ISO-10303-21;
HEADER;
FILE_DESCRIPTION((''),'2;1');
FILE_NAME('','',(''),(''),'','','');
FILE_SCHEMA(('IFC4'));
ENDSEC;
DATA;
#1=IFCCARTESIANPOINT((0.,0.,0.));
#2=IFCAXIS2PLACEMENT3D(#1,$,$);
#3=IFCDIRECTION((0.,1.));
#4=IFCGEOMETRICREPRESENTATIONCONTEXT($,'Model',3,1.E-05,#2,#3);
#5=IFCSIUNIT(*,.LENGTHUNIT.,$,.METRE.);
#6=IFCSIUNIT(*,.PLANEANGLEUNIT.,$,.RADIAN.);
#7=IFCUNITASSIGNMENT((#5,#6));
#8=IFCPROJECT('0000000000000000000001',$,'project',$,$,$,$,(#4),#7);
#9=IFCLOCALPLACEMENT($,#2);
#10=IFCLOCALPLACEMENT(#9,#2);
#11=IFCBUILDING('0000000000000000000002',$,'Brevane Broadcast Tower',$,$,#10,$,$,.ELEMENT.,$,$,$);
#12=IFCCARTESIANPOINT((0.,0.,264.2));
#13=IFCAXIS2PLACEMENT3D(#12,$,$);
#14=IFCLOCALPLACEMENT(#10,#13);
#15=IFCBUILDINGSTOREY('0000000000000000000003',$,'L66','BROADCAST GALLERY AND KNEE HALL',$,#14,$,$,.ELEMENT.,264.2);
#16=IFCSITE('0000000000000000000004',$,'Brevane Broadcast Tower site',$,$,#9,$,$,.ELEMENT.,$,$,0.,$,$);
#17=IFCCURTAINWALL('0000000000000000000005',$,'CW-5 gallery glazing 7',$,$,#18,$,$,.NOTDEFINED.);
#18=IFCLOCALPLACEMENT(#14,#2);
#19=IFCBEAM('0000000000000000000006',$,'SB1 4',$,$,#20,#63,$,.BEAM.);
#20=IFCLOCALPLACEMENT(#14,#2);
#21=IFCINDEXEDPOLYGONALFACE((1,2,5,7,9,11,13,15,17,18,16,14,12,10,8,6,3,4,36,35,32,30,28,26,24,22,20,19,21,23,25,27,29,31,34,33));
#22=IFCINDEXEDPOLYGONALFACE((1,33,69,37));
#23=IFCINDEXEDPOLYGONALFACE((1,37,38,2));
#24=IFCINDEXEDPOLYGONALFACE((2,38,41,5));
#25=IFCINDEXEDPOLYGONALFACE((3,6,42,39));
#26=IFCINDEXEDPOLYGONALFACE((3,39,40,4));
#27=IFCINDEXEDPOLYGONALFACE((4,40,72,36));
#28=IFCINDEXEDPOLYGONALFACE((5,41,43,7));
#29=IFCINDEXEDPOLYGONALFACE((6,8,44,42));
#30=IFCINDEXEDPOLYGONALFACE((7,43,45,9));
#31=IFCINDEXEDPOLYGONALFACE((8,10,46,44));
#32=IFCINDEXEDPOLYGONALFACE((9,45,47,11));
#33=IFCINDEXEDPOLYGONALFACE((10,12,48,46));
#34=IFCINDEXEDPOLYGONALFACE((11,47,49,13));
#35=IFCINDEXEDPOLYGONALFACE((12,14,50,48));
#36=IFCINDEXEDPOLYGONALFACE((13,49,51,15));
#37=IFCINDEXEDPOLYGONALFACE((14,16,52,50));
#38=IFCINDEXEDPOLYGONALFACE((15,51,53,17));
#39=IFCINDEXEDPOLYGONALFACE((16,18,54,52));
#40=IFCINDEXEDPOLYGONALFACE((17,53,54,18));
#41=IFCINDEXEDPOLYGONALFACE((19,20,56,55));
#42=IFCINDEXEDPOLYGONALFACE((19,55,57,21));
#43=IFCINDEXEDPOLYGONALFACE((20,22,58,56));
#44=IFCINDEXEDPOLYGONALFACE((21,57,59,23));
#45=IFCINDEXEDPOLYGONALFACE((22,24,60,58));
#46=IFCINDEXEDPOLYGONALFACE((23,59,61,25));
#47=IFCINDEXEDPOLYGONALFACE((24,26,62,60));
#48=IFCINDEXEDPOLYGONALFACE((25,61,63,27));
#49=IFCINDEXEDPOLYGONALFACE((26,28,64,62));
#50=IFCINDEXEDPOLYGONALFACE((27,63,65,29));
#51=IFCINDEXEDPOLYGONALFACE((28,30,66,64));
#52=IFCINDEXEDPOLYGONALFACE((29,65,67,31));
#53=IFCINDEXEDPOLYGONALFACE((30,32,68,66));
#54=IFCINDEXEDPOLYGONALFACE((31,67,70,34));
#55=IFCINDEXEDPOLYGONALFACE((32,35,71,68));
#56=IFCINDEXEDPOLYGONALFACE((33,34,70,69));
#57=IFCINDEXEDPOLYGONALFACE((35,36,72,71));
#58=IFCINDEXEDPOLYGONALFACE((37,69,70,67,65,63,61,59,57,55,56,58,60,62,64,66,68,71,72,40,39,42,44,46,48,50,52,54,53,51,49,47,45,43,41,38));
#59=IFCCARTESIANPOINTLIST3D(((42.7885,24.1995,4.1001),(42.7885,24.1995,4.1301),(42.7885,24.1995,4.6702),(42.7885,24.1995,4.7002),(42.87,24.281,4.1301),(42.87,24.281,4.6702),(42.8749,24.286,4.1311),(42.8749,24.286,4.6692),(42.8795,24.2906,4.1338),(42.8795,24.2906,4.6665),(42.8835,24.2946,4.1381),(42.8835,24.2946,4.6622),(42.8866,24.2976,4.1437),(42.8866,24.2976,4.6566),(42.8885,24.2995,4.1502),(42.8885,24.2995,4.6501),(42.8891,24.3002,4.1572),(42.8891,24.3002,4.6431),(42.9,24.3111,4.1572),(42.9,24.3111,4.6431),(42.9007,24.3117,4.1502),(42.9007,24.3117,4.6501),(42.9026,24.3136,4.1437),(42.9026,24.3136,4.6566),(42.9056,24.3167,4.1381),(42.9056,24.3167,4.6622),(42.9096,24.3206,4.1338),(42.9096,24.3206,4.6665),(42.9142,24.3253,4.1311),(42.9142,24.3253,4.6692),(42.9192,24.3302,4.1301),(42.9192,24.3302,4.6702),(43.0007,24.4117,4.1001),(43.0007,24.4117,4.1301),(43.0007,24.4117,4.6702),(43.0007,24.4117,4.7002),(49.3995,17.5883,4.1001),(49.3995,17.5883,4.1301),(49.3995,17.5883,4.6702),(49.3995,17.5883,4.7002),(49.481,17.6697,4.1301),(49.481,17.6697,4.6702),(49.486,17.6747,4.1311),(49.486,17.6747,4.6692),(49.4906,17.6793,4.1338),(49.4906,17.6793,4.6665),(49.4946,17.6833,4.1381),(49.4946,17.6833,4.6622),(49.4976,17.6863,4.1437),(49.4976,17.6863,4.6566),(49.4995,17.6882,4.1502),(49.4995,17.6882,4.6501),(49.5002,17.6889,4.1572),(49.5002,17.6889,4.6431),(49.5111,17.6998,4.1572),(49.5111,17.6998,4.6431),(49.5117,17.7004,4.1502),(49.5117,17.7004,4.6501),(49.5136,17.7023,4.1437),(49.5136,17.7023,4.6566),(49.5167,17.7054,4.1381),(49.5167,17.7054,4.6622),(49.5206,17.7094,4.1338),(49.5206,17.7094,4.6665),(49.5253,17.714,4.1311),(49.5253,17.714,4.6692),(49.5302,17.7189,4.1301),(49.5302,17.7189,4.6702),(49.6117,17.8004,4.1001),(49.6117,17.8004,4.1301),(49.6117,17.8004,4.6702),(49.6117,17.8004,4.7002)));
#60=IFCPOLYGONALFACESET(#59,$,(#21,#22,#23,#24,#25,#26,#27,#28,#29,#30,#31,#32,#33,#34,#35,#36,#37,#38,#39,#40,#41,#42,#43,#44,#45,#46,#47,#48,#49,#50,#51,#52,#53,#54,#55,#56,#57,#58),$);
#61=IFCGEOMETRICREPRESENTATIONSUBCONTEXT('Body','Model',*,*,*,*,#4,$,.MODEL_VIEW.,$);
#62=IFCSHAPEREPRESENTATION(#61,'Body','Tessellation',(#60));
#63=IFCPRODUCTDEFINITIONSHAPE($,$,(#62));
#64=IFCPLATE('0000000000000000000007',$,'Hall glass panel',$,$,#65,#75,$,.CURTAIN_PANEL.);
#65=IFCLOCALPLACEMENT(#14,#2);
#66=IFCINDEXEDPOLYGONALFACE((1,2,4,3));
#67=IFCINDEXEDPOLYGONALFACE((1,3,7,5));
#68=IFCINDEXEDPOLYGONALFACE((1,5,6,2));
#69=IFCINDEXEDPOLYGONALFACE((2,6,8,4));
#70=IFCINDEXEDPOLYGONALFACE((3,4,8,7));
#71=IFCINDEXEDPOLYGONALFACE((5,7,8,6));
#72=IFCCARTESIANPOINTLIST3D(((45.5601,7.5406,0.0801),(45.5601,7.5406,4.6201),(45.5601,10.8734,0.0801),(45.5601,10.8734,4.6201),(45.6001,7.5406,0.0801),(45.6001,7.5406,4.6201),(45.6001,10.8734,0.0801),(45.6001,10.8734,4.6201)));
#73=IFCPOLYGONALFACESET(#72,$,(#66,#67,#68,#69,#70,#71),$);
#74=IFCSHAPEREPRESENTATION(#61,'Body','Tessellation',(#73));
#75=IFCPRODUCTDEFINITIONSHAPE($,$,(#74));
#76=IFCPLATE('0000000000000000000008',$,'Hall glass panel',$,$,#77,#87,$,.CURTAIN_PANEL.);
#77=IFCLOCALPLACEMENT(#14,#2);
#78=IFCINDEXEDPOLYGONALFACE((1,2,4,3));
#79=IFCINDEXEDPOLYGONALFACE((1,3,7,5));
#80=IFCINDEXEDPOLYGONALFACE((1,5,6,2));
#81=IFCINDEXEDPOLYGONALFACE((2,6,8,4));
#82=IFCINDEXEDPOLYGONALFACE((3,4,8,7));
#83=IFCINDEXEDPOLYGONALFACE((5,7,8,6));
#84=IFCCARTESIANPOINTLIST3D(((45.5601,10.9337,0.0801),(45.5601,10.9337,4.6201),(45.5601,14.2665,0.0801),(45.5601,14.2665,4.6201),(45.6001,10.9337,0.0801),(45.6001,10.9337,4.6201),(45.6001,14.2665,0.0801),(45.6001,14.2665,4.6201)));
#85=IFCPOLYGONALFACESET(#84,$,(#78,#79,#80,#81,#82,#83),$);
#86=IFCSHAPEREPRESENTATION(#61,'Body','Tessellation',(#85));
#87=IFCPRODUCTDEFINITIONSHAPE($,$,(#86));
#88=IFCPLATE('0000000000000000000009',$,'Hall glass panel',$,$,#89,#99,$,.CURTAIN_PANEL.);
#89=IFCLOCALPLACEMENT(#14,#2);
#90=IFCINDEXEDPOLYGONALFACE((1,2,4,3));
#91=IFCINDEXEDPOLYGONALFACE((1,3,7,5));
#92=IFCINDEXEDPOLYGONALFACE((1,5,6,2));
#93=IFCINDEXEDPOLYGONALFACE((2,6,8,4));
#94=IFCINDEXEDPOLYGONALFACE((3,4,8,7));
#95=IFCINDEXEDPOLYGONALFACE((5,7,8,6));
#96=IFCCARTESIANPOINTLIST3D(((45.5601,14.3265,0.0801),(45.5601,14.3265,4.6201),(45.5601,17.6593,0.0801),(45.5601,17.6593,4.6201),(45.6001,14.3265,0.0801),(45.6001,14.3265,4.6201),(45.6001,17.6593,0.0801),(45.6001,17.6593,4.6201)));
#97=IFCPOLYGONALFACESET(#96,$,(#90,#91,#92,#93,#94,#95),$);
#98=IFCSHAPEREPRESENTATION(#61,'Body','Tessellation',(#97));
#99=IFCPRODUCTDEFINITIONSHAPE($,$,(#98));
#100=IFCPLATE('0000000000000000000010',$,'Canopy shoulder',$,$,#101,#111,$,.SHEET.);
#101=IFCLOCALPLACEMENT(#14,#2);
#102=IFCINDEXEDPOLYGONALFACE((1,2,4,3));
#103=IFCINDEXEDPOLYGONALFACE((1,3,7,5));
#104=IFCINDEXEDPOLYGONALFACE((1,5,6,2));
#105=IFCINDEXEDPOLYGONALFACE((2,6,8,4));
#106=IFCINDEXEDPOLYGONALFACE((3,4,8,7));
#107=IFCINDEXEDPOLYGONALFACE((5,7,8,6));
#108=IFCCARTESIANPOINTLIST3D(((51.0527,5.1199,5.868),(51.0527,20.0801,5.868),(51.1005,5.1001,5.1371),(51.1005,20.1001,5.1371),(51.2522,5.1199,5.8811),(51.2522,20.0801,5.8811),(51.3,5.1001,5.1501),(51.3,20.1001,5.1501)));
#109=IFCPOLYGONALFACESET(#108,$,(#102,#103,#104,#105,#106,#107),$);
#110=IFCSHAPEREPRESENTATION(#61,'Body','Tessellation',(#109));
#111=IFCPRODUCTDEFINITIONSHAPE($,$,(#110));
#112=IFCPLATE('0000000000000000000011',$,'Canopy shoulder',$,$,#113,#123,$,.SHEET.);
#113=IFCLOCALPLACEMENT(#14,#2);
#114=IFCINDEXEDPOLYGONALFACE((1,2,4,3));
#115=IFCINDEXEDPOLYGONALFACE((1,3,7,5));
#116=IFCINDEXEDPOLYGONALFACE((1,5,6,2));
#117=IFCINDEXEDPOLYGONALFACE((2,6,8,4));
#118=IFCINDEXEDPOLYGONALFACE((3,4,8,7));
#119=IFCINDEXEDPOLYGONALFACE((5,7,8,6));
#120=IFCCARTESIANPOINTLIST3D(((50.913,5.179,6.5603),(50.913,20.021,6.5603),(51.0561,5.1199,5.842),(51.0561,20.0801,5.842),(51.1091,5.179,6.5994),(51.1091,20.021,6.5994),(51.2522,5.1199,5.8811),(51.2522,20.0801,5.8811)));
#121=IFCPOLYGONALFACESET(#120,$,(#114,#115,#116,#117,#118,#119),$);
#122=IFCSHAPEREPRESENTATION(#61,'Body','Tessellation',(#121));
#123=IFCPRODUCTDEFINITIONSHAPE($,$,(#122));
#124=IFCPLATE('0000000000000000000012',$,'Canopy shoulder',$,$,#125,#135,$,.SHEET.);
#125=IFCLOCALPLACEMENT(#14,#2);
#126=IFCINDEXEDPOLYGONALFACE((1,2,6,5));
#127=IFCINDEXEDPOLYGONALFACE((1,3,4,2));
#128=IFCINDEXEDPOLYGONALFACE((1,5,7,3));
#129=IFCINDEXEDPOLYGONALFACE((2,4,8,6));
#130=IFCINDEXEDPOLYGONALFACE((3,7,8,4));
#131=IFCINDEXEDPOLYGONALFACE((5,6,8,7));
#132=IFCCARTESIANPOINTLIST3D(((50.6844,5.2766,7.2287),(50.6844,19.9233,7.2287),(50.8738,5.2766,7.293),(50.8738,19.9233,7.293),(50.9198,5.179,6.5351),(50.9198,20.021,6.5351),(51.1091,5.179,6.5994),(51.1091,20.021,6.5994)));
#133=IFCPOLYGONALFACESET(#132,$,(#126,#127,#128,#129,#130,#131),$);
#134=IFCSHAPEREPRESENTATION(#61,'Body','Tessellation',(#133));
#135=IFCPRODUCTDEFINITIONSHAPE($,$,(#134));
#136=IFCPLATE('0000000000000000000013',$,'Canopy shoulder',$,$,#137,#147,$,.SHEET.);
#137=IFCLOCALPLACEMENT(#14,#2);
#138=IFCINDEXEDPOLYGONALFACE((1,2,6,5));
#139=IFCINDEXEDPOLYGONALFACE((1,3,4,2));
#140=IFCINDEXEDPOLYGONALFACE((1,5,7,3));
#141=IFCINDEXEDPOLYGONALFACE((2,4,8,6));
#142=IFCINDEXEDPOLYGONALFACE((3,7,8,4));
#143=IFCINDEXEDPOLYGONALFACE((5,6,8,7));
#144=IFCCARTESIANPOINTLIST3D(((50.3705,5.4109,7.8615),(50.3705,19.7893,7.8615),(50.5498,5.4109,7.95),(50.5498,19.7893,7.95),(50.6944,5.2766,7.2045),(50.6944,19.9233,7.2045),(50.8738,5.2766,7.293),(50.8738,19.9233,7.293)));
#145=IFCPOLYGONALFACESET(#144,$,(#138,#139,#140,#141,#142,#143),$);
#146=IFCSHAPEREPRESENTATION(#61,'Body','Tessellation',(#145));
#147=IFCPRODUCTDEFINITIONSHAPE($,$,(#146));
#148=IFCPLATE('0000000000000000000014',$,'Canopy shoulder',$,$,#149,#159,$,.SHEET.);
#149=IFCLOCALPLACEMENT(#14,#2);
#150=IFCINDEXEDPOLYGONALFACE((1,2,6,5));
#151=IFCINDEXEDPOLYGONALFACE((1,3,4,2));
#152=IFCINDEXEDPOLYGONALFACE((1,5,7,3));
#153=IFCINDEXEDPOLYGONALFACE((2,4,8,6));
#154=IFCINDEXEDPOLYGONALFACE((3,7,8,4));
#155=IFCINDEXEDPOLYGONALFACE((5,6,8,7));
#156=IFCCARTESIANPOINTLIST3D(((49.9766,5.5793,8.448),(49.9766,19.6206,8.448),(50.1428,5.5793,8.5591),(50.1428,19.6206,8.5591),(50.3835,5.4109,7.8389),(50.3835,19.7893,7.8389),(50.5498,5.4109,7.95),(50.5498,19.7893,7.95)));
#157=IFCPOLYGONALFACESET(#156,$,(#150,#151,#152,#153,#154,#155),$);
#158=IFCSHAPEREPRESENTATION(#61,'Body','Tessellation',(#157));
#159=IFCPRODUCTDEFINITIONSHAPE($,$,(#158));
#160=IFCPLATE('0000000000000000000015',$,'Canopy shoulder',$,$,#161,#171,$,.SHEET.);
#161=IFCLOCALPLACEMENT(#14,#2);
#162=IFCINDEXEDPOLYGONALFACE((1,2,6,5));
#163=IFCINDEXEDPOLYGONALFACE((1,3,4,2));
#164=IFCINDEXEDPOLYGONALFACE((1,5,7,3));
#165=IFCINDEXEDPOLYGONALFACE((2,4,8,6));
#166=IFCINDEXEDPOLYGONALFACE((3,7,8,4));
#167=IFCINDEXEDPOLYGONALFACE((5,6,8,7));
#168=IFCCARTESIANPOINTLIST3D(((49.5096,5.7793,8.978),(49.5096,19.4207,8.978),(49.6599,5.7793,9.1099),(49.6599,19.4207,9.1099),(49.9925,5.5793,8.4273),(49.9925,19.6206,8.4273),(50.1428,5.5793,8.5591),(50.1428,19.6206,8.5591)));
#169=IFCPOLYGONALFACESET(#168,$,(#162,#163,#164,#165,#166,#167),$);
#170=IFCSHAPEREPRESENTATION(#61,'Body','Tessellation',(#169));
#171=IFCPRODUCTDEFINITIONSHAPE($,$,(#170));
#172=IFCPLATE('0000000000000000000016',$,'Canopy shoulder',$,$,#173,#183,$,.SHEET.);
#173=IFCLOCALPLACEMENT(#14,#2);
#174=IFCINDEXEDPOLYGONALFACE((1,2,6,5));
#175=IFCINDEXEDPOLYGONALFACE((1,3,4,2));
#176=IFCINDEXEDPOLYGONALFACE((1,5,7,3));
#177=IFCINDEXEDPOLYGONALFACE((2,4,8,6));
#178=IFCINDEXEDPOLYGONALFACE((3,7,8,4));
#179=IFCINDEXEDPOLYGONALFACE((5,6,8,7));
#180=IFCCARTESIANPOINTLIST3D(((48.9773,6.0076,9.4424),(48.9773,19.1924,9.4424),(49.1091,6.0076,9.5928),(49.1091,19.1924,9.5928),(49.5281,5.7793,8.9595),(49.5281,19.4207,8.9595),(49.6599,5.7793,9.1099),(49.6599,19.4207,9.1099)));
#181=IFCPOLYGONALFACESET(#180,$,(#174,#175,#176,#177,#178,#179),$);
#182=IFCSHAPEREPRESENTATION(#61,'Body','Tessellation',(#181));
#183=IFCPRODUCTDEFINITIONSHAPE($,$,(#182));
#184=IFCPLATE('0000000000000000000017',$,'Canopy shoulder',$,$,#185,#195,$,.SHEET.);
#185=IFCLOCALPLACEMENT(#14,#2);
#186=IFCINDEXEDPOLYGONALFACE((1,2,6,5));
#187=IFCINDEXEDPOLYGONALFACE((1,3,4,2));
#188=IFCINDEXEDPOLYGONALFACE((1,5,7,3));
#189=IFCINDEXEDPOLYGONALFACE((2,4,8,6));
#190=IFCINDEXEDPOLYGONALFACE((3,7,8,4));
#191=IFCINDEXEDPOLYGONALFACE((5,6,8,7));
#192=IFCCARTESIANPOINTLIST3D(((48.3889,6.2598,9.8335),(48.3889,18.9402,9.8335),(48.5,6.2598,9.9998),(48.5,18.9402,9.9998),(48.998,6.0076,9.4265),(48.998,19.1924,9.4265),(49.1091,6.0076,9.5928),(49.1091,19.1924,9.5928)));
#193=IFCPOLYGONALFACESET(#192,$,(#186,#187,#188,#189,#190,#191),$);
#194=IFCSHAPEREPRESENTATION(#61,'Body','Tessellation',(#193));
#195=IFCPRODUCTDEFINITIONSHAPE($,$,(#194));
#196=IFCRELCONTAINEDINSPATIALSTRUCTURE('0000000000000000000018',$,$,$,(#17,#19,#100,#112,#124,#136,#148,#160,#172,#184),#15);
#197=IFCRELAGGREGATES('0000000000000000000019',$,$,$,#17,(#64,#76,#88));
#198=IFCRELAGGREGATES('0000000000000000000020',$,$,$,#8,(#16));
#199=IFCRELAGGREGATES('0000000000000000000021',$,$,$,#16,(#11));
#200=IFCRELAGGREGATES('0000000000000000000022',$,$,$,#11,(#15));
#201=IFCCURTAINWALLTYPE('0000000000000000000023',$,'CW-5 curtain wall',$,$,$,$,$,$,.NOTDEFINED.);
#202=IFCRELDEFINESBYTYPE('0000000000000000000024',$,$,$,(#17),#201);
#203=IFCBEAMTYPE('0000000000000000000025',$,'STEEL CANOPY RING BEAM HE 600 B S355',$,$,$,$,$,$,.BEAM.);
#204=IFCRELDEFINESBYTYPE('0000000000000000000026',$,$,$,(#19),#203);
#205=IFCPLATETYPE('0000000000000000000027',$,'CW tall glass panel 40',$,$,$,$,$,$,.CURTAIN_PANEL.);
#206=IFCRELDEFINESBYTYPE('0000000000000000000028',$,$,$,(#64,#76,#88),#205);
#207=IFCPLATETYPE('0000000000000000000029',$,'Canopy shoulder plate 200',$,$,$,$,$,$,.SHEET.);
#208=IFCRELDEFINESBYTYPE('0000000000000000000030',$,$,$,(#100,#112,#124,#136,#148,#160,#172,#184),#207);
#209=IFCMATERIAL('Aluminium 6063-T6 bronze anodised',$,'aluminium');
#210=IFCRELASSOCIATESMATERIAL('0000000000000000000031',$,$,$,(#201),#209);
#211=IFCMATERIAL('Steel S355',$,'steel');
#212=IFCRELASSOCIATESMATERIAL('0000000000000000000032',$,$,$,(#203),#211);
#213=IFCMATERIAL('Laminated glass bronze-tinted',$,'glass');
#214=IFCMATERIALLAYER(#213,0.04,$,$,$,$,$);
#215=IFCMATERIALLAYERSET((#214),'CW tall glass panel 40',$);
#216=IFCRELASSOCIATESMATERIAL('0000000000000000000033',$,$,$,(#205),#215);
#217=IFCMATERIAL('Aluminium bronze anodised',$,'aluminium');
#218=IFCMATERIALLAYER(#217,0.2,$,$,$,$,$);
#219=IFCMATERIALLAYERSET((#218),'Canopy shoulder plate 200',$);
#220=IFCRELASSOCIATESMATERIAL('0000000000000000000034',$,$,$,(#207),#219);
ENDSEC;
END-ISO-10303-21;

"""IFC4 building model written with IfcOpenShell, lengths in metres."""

from ifc_helpers import new_model, si_unit, direction, frame, origin, origin_2d, place, context, subcontext, project, spatial, polyline, rectangle, i_section, outline, extrude, material, layer, layer_set, material_profile, profile_set, type_object, element, aggregate, save


model = new_model("IFC4")

# Units and contexts
model_context = context("Model", 3, precision=1e-05, world=origin(), true_north=direction((0.0, 1.0)))
body_context = subcontext(model_context, "Body", "Model", "MODEL_VIEW")
ifc_project = project(units=[si_unit("LENGTHUNIT", "METRE"), si_unit("PLANEANGLEUNIT", "RADIAN")], contexts=[model_context])

# Site, building, storey
site_placement = place(None, origin())
site = spatial("IfcSite", under=ifc_project, at=site_placement, Name="Brevane Broadcast Tower site", CompositionType="ELEMENT", RefElevation=0.0)
building_placement = place(site_placement, origin())
building = spatial("IfcBuilding", under=site, at=building_placement, Name="Brevane Broadcast Tower", CompositionType="ELEMENT")
storey_placement = place(building_placement, frame((0.0, 0.0, 264.2)))
storey = spatial("IfcBuildingStorey", under=building, at=storey_placement, Name="L66", Description="BROADCAST GALLERY AND KNEE HALL", CompositionType="ELEMENT", Elevation=264.2)

# Shared definitions
ifc_material_1 = material(Name="Aluminium 6063-T6 bronze anodised", Category="aluminium")
curtain_wall_type = type_object("IfcCurtainWallType", Name="CW-5 curtain wall", PredefinedType="NOTDEFINED", material=ifc_material_1)

# Curtain wall
curtain_wall_1_placement = place(storey_placement, origin())
curtain_wall_1 = element("IfcCurtainWall", 1, at=curtain_wall_1_placement, inside=storey, type_object=curtain_wall_type, Name="CW-5 gallery glazing 7", PredefinedType="NOTDEFINED")

# Beam
ifc_material_2 = material(Name="Steel S355", Category="steel")
ifc_material_profile_1 = material_profile(ifc_material_2, i_section(OverallWidth=0.3, OverallDepth=0.6001, WebThickness=0.0154, FlangeThickness=0.03, FilletRadius=0.0271, at=origin_2d()), Name="HE 600 B")
ifc_profile_set_1 = profile_set([ifc_material_profile_1], Name="Steel S355")
beam_type_1 = type_object("IfcBeamType", Name="STEEL CANOPY RING BEAM HE 600 B S355", PredefinedType="BEAM", material=ifc_profile_set_1)
beam_1_placement = place(storey_placement, frame((49.5056, 17.6943, 4.4001), z_axis=(-0.707094, 0.70712, 0.0), x_axis=(-0.70712, -0.707094, 0.0)))
element("IfcBeam", 2, at=beam_1_placement, inside=storey, type_object=beam_type_1, Name="SB1 4", PredefinedType="BEAM", context=body_context, shape_type="SweptSolid", body=[
    extrude(i_section(OverallWidth=0.3, OverallDepth=0.6001, WebThickness=0.0154, FlangeThickness=0.03, FilletRadius=0.0271, at=origin_2d()), origin(), (0.0, 0.0, 1.0), 9.3496),
])

# Plates
ifc_material_3 = material(Name="Laminated glass bronze-tinted", Category="glass")
ifc_layer_1 = layer(ifc_material_3, 0.04)
ifc_layer_set_1 = layer_set([ifc_layer_1], Name="CW tall glass panel 40")
plate_type_1 = type_object("IfcPlateType", Name="CW tall glass panel 40", PredefinedType="CURTAIN_PANEL", material=ifc_layer_set_1)
plate_1_placement = place(storey_placement, frame((45.5801, 9.207, 0.0801), z_axis=(0.0, 0.0, 1.0), x_axis=(0.0, 1.0, 0.0)))
plate_1 = element("IfcPlate", 3, at=plate_1_placement, type_object=plate_type_1, Name="Hall glass panel", PredefinedType="CURTAIN_PANEL", context=body_context, shape_type="SweptSolid", body=[
    extrude(rectangle(XDim=3.3328, YDim=0.04, at=origin_2d()), origin(), (0.0, 0.0, 1.0), 4.54),
])
plate_2_placement = place(storey_placement, frame((45.5801, 12.6001, 0.0801), z_axis=(0.0, 0.0, 1.0), x_axis=(0.0, 1.0, 0.0)))
plate_2 = element("IfcPlate", 4, at=plate_2_placement, type_object=plate_type_1, Name="Hall glass panel", PredefinedType="CURTAIN_PANEL", context=body_context, shape_type="SweptSolid", body=[
    extrude(rectangle(XDim=3.3328, YDim=0.04, at=origin_2d()), origin(), (0.0, 0.0, 1.0), 4.54),
])
plate_3_placement = place(storey_placement, frame((45.5801, 15.9929, 0.0801), z_axis=(0.0, 0.0, 1.0), x_axis=(0.0, 1.0, 0.0)))
plate_3 = element("IfcPlate", 5, at=plate_3_placement, type_object=plate_type_1, Name="Hall glass panel", PredefinedType="CURTAIN_PANEL", context=body_context, shape_type="SweptSolid", body=[
    extrude(rectangle(XDim=3.3328, YDim=0.04, at=origin_2d()), origin(), (0.0, 0.0, 1.0), 4.54),
])
aggregate(curtain_wall_1, [plate_1, plate_2, plate_3])

# Plates
ifc_material_4 = material(Name="Aluminium bronze anodised", Category="aluminium")
ifc_layer_2 = layer(ifc_material_4, 0.2)
ifc_layer_set_2 = layer_set([ifc_layer_2], Name="Canopy shoulder plate 200")
plate_type_2 = type_object("IfcPlateType", Name="Canopy shoulder plate 200", PredefinedType="SHEET", material=ifc_layer_set_2)
plate_4_placement = place(storey_placement, frame((51.3, 5.1001, 5.1501), z_axis=(0.997864, 0.0, 0.065324), x_axis=(0.0, 1.0, 0.0)))
element("IfcPlate", 6, at=plate_4_placement, inside=storey, type_object=plate_type_2, Name="Canopy shoulder", PredefinedType="SHEET", context=body_context, shape_type="SweptSolid", body=[
    extrude(outline(polyline([(0.0, 0.0), (15.0, 0.0), (14.98, 0.7325), (0.0198, 0.7325), (0.0, 0.0)])), origin(), (0.0, 0.0, -1.0), 0.2),
])
plate_5_placement = place(storey_placement, frame((51.2522, 5.1199, 5.8811), z_axis=(0.980734, 0.0, 0.195347), x_axis=(0.0, 1.0, 0.0)))
element("IfcPlate", 7, at=plate_5_placement, inside=storey, type_object=plate_type_2, Name="Canopy shoulder", PredefinedType="SHEET", context=body_context, shape_type="SweptSolid", body=[
    extrude(outline(polyline([(0.0, 0.0), (14.9602, 0.0), (14.9011, 0.7324), (0.0591, 0.7324), (0.0, 0.0)])), origin(), (0.0, 0.0, -1.0), 0.2),
])
plate_6_placement = place(storey_placement, frame((51.1091, 5.179, 6.5994), z_axis=(0.94697, 0.0, 0.321323), x_axis=(0.0, 1.0, 0.0)))
element("IfcPlate", 8, at=plate_6_placement, inside=storey, type_object=plate_type_2, Name="Canopy shoulder", PredefinedType="SHEET", context=body_context, shape_type="SweptSolid", body=[
    extrude(outline(polyline([(0.0, 0.0), (14.842, 0.0), (14.7444, 0.7324), (0.0977, 0.7324), (0.0, 0.0)])), origin(), (0.0, 0.0, -1.0), 0.2),
])
plate_7_placement = place(storey_placement, frame((50.8738, 5.2766, 7.293), z_axis=(0.89688, 0.0, 0.442274), x_axis=(0.0, 1.0, 0.0)))
element("IfcPlate", 9, at=plate_7_placement, inside=storey, type_object=plate_type_2, Name="Canopy shoulder", PredefinedType="SHEET", context=body_context, shape_type="SweptSolid", body=[
    extrude(outline(polyline([(0.0, 0.0), (14.6467, 0.0), (14.5127, 0.7325), (0.1343, 0.7325), (0.0, 0.0)])), origin(), (0.0, 0.0, -1.0), 0.2),
])
plate_8_placement = place(storey_placement, frame((50.5498, 5.4109, 7.95), z_axis=(0.831486, 0.0, 0.555546), x_axis=(0.0, 1.0, 0.0)))
element("IfcPlate", 10, at=plate_8_placement, inside=storey, type_object=plate_type_2, Name="Canopy shoulder", PredefinedType="SHEET", context=body_context, shape_type="SweptSolid", body=[
    extrude(outline(polyline([(0.0, 0.0), (14.3784, 0.0), (14.2097, 0.7326), (0.1685, 0.7326), (0.0, 0.0)])), origin(), (0.0, 0.0, -1.0), 0.2),
])
plate_9_placement = place(storey_placement, frame((50.1428, 5.5793, 8.5591), z_axis=(0.751916, 0.0, 0.659259), x_axis=(0.0, 1.0, 0.0)))
element("IfcPlate", 11, at=plate_9_placement, inside=storey, type_object=plate_type_2, Name="Canopy shoulder", PredefinedType="SHEET", context=body_context, shape_type="SweptSolid", body=[
    extrude(outline(polyline([(0.0, 0.0), (14.0413, 0.0), (13.8413, 0.7325), (0.2, 0.7325), (0.0, 0.0)])), origin(), (0.0, 0.0, -1.0), 0.2),
])
plate_10_placement = place(storey_placement, frame((49.6599, 5.7793, 9.1099), z_axis=(0.659259, 0.0, 0.751916), x_axis=(0.0, 1.0, 0.0)))
element("IfcPlate", 12, at=plate_10_placement, inside=storey, type_object=plate_type_2, Name="Canopy shoulder", PredefinedType="SHEET", context=body_context, shape_type="SweptSolid", body=[
    extrude(outline(polyline([(0.0, 0.0), (13.6414, 0.0), (13.4131, 0.7325), (0.2283, 0.7325), (0.0, 0.0)])), origin(), (0.0, 0.0, -1.0), 0.2),
])
plate_11_placement = place(storey_placement, frame((49.1091, 6.0076, 9.5928), z_axis=(0.555546, 0.0, 0.831486), x_axis=(0.0, 1.0, 0.0)))
element("IfcPlate", 13, at=plate_11_placement, inside=storey, type_object=plate_type_2, Name="Canopy shoulder", PredefinedType="SHEET", context=body_context, shape_type="SweptSolid", body=[
    extrude(outline(polyline([(0.0, 0.0), (13.1848, 0.0), (12.9326, 0.7326), (0.2522, 0.7326), (0.0, 0.0)])), origin(), (0.0, 0.0, -1.0), 0.2),
])

save(model, "model.ifc")
